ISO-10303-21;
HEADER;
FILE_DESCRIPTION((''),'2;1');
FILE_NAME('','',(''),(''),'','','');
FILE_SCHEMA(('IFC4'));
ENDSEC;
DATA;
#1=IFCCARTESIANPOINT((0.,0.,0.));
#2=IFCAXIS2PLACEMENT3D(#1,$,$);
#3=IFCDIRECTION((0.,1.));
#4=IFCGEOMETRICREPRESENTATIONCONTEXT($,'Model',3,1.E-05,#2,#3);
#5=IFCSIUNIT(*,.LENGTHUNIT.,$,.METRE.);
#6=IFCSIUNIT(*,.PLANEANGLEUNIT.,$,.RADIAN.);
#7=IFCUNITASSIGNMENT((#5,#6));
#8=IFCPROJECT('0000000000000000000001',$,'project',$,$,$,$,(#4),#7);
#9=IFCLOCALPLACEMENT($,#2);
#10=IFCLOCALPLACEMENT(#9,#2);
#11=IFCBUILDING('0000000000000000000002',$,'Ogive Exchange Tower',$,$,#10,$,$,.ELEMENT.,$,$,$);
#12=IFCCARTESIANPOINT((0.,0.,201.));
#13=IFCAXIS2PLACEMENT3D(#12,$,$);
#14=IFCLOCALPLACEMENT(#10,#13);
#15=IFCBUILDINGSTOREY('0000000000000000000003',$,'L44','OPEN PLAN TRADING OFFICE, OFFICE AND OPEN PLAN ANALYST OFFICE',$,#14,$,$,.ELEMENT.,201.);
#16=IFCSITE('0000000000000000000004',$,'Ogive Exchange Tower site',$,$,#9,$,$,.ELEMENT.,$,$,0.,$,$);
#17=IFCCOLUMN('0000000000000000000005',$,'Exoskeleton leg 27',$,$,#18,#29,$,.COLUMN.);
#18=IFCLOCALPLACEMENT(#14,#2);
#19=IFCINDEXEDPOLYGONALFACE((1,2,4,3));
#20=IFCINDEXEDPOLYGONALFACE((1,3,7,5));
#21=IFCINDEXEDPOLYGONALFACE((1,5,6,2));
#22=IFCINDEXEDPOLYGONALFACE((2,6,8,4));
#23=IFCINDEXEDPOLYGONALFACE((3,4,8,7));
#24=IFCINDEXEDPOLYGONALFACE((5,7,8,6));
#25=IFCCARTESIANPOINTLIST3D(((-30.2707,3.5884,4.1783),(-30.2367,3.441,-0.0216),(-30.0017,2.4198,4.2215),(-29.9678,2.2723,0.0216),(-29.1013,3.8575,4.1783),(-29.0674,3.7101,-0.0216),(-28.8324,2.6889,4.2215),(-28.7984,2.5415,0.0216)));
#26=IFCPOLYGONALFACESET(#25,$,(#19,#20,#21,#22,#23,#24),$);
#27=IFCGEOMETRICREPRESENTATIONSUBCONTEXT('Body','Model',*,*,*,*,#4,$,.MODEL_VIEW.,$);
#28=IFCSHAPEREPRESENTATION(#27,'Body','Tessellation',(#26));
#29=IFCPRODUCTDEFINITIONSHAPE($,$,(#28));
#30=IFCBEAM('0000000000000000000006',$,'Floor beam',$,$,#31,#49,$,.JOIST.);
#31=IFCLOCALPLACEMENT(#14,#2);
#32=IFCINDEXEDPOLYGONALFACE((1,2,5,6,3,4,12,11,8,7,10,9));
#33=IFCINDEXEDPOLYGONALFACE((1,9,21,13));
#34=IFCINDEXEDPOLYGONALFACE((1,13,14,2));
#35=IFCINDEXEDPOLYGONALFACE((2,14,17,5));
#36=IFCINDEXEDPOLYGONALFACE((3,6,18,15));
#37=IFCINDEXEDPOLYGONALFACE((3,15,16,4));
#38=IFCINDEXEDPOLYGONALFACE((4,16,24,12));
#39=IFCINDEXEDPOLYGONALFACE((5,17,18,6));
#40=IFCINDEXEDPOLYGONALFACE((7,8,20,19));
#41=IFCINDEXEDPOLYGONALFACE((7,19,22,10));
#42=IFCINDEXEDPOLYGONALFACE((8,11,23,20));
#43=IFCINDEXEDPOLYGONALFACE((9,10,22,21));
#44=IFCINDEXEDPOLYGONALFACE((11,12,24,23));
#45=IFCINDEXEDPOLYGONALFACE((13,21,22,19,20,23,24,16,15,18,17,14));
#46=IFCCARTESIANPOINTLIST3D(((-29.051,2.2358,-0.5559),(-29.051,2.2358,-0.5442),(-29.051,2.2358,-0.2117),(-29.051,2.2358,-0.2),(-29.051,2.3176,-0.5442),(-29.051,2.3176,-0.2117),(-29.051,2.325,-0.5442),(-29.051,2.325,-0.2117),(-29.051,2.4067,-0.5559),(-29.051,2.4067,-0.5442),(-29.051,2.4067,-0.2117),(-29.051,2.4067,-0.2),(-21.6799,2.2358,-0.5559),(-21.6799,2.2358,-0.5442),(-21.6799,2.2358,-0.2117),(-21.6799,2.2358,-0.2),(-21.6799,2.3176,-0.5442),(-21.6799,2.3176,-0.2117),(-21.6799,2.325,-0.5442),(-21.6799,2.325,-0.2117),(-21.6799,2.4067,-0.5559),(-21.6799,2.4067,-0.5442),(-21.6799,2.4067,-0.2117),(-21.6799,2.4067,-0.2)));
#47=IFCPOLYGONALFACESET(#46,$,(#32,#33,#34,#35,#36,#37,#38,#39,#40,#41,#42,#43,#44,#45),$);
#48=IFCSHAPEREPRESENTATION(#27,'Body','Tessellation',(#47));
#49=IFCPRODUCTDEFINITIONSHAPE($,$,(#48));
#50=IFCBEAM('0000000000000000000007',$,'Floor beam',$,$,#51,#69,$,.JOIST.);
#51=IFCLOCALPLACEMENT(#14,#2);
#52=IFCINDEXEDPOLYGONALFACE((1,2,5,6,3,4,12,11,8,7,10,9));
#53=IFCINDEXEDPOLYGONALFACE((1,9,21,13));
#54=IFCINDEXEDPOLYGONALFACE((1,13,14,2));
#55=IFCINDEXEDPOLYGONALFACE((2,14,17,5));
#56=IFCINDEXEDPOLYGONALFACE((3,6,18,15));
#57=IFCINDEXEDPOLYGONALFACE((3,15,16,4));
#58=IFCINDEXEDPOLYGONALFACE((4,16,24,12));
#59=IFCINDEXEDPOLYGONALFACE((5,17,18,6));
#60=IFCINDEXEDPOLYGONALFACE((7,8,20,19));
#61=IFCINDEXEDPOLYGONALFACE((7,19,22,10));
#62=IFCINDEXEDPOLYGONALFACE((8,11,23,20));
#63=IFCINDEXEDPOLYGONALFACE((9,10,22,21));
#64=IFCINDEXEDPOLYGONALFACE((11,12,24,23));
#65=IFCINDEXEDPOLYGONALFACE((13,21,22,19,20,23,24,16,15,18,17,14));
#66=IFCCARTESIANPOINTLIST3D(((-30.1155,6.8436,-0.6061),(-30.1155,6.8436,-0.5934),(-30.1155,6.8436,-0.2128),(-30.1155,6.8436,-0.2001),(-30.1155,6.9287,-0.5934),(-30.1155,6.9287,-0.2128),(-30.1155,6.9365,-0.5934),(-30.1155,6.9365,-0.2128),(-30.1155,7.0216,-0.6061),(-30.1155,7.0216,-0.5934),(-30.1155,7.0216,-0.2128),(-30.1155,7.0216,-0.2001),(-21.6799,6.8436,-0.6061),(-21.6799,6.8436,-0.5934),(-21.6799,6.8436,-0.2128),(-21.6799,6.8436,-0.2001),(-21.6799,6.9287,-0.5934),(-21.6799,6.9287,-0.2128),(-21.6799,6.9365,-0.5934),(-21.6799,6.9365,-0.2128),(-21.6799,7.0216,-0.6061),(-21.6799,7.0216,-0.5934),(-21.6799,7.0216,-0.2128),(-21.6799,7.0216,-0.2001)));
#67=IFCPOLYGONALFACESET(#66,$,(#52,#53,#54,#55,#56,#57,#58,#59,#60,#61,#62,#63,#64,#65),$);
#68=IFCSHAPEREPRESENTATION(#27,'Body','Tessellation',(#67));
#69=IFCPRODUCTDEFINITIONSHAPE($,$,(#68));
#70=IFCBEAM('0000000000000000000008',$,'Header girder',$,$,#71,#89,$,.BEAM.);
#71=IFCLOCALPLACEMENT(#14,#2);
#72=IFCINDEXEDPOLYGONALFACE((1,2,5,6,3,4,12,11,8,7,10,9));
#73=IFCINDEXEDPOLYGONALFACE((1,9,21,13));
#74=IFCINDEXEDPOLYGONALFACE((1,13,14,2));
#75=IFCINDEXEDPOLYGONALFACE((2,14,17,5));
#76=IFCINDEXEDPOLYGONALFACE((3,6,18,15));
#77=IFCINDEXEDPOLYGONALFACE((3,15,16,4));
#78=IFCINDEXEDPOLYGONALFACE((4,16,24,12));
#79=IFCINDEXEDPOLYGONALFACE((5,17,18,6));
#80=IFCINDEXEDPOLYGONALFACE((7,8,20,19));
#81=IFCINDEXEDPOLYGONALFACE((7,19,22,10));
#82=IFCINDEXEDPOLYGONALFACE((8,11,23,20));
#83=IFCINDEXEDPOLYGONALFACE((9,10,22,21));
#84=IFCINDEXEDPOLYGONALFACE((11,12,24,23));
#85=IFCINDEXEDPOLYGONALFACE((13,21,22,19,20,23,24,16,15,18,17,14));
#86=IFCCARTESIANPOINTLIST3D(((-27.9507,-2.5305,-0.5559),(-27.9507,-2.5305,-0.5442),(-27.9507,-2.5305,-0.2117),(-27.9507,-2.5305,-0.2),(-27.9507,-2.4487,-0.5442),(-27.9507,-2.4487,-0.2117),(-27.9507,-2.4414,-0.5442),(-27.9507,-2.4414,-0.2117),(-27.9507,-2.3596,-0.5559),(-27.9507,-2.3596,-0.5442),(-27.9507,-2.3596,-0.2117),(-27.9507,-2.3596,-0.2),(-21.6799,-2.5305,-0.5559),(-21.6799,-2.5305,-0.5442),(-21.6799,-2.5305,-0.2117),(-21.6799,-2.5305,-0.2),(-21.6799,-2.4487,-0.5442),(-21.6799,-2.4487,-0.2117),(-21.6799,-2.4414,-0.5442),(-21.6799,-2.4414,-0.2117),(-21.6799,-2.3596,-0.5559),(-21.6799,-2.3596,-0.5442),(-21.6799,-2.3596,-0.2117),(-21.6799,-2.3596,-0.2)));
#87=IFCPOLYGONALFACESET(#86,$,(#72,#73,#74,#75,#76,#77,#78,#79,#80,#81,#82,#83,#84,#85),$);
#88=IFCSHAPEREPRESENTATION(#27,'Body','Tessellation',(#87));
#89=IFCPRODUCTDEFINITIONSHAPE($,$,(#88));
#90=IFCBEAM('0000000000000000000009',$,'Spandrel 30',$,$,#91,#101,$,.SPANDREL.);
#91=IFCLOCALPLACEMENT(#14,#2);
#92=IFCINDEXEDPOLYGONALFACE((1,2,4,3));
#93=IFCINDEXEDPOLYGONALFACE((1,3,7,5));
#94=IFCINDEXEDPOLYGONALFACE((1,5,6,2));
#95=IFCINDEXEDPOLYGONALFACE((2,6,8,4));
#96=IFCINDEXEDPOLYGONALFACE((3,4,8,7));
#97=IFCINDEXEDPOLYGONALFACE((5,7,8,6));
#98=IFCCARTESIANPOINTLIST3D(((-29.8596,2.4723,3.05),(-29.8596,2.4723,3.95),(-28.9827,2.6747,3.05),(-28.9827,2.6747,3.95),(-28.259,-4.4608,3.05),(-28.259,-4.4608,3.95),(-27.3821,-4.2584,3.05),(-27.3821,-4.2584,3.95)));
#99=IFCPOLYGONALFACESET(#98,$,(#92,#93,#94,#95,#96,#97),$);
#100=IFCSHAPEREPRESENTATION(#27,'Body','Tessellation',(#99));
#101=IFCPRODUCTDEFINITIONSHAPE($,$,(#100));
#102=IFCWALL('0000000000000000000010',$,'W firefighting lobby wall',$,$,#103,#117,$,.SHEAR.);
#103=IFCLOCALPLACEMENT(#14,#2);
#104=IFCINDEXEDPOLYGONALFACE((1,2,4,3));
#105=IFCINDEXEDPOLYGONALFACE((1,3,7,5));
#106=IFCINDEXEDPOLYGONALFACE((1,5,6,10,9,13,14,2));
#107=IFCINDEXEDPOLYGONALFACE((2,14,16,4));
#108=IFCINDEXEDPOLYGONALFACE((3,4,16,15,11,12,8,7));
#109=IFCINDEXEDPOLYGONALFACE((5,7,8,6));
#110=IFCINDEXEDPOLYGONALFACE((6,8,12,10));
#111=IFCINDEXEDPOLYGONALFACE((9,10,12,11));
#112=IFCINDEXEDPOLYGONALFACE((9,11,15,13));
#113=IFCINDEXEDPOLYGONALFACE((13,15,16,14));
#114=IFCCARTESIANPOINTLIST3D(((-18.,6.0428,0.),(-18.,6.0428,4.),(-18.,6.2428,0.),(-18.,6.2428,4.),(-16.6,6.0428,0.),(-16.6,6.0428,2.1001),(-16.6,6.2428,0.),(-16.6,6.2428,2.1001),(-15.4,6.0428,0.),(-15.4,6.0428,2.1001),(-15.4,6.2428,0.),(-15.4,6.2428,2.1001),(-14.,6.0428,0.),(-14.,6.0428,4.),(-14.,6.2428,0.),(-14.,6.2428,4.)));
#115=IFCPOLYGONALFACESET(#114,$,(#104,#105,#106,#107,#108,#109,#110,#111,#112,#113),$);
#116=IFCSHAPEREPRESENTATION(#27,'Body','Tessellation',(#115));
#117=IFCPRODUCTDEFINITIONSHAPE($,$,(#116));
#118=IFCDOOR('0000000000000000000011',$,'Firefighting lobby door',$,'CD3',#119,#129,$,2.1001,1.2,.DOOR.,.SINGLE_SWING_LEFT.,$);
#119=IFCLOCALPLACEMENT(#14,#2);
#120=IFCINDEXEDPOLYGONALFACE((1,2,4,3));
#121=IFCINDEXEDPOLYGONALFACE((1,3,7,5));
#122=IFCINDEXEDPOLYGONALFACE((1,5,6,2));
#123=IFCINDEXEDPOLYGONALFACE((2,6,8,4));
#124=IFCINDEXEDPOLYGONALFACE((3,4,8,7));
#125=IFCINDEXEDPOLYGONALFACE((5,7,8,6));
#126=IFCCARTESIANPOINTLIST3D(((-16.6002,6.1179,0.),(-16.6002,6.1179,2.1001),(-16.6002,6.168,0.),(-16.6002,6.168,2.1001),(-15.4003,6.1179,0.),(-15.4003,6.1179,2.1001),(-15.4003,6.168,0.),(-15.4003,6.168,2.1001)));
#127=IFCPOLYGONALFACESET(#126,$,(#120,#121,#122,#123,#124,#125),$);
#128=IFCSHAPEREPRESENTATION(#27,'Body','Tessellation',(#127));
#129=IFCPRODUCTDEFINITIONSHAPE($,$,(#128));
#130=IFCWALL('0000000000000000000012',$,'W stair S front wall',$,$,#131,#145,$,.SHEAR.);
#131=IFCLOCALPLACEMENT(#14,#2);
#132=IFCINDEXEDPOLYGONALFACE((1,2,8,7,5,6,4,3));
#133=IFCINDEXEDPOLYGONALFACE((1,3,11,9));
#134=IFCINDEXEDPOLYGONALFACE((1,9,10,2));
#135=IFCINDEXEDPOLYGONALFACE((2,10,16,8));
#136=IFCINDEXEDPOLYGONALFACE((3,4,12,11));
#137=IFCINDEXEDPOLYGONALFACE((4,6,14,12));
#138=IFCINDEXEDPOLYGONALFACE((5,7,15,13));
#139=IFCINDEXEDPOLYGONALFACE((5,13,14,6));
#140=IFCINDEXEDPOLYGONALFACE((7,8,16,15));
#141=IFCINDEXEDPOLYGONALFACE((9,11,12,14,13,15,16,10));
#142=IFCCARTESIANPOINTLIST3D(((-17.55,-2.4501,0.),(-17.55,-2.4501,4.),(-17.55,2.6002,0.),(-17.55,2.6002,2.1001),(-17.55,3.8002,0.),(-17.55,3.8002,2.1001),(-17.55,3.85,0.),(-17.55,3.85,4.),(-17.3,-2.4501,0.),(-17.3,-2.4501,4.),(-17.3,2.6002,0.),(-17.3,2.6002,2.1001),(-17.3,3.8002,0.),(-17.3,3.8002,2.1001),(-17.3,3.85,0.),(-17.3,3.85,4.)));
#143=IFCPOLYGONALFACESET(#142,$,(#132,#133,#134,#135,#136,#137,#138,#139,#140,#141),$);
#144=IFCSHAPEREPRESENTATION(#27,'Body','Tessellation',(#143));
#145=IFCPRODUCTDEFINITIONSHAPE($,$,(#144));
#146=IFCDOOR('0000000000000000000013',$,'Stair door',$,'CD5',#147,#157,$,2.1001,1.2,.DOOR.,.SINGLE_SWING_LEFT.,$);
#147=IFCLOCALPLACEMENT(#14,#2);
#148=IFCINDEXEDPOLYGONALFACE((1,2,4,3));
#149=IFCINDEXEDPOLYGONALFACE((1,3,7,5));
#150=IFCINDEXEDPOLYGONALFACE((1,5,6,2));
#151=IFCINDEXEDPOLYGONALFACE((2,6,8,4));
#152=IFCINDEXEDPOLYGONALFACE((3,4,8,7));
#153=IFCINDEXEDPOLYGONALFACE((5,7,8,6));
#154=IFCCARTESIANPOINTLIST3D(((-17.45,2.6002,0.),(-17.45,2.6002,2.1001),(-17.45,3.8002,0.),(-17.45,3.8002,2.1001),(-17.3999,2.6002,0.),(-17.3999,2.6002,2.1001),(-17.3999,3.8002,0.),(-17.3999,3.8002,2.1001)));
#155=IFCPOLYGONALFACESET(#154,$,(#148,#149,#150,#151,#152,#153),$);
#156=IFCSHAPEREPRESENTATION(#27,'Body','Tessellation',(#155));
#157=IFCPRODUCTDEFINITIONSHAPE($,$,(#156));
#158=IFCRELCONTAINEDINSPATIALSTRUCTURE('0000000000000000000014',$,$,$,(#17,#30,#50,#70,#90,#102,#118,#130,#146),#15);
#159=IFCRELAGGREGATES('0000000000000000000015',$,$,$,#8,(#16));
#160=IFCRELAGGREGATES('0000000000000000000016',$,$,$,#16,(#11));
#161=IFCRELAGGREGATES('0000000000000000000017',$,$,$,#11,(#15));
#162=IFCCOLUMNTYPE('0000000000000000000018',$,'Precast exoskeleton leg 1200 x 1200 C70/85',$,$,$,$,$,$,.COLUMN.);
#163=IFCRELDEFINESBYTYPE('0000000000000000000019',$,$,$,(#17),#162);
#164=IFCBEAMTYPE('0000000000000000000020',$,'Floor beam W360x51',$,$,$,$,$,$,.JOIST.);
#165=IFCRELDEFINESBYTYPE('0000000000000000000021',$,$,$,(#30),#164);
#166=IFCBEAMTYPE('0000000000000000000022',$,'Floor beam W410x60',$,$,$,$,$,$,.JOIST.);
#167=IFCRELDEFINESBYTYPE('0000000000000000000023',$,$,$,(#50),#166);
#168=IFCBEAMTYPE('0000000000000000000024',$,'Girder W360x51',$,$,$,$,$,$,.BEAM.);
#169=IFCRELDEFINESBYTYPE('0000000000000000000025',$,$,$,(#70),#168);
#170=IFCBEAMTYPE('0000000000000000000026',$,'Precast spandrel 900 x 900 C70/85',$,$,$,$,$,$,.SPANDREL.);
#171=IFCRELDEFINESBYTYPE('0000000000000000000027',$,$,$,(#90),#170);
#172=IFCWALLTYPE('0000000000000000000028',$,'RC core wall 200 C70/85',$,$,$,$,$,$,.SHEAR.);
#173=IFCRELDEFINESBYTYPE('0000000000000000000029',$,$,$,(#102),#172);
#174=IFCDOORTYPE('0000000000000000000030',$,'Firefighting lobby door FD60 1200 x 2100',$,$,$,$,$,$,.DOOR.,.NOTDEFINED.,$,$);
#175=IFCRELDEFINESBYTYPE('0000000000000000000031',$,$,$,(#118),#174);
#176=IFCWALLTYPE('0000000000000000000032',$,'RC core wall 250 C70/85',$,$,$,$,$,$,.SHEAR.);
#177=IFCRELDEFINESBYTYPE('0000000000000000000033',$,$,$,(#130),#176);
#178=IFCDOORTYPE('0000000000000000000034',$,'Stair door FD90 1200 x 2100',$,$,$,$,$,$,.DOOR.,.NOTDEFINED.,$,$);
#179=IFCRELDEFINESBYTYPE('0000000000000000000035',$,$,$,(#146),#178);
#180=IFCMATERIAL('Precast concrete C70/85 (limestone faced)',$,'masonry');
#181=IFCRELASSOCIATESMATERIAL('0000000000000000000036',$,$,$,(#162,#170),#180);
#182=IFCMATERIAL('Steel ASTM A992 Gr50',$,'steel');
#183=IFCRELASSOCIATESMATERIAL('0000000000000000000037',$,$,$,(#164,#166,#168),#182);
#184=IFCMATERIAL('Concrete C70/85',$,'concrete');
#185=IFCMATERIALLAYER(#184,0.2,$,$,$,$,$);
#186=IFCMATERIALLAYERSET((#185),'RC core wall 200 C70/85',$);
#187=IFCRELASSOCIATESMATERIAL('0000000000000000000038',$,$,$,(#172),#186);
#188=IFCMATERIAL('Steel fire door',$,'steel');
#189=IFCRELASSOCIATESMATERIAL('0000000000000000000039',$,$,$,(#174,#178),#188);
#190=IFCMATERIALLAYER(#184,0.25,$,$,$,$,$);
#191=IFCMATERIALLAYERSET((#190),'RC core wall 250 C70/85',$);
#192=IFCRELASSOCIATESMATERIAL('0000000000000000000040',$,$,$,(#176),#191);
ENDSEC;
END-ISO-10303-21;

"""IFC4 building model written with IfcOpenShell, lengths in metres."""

from ifc_helpers import new_model, si_unit, direction, frame, frame_2d, origin, origin_2d, place, context, subcontext, project, spatial, rectangle, i_section, extrude, material, layer, layer_set, material_profile, profile_set, type_object, element, fill, save


model = new_model("IFC4")

# Units and contexts
model_context = context("Model", 3, precision=1e-05, world=origin(), true_north=direction((0.0, 1.0)))
body_context = subcontext(model_context, "Body", "Model", "MODEL_VIEW")
ifc_project = project(units=[si_unit("LENGTHUNIT", "METRE"), si_unit("PLANEANGLEUNIT", "RADIAN")], contexts=[model_context])

# Site, building, storey
site_placement = place(None, origin())
site = spatial("IfcSite", under=ifc_project, at=site_placement, Name="Ogive Exchange Tower site", CompositionType="ELEMENT", RefElevation=0.0)
building_placement = place(site_placement, origin())
building = spatial("IfcBuilding", under=site, at=building_placement, Name="Ogive Exchange Tower", CompositionType="ELEMENT")
storey_placement = place(building_placement, frame((0.0, 0.0, 201.0)))
storey = spatial("IfcBuildingStorey", under=building, at=storey_placement, Name="L44", Description="OPEN PLAN TRADING OFFICE, OFFICE AND OPEN PLAN ANALYST OFFICE", CompositionType="ELEMENT", Elevation=201.0)

# Column
ifc_material_1 = material(Name="Precast concrete C70/85 (limestone faced)", Category="masonry")
ifc_material_profile_1 = material_profile(ifc_material_1, rectangle(XDim=1.2, YDim=1.2, at=origin_2d()), Name="1200 x 1200")
ifc_profile_set_1 = profile_set([ifc_material_profile_1], Name="Precast concrete C70/85 (limestone faced)")
column_type = type_object("IfcColumnType", Name="Precast exoskeleton leg 1200 x 1200 C70/85", PredefinedType="COLUMN", material=ifc_profile_set_1)
column_placement = place(storey_placement, frame((-29.5176, 2.9912, 0.0), z_axis=(-0.008075, 0.035087, 0.999352), x_axis=(-0.974527, -0.22427, 0.0)))
element("IfcColumn", 1, at=column_placement, inside=storey, type_object=column_type, Name="Exoskeleton leg 27", PredefinedType="COLUMN", context=body_context, shape_type="SweptSolid", body=[
    extrude(rectangle(XDim=1.2, YDim=1.2, at=origin_2d()), origin(), (0.0, 0.0, 1.0), 4.2026),
])

# Beams
ifc_material_2 = material(Name="Steel ASTM A992 Gr50", Category="steel")
ifc_material_profile_2 = material_profile(ifc_material_2, i_section(OverallWidth=0.1709, OverallDepth=0.356, WebThickness=0.0073, FlangeThickness=0.0117, at=origin_2d()), Name="W360x51")
ifc_profile_set_2 = profile_set([ifc_material_profile_2], Name="Steel ASTM A992 Gr50")
beam_type_1 = type_object("IfcBeamType", Name="Floor beam W360x51", PredefinedType="JOIST", material=ifc_profile_set_2)
beam_1_placement = place(storey_placement, frame((-29.051, 2.3213, -0.3779), z_axis=(1.0, 0.0, 0.0), x_axis=(0.0, 1.0, 0.0)))
element("IfcBeam", 2, at=beam_1_placement, inside=storey, type_object=beam_type_1, Name="Floor beam", PredefinedType="JOIST", context=body_context, shape_type="SweptSolid", body=[
    extrude(i_section(OverallWidth=0.1709, OverallDepth=0.356, WebThickness=0.0073, FlangeThickness=0.0117, at=origin_2d()), origin(), (0.0, 0.0, 1.0), 7.3711),
])
ifc_material_profile_3 = material_profile(ifc_material_2, i_section(OverallWidth=0.178, OverallDepth=0.406, WebThickness=0.0078, FlangeThickness=0.0127, at=origin_2d()), Name="W410x60")
ifc_profile_set_3 = profile_set([ifc_material_profile_3], Name="Steel ASTM A992 Gr50")
beam_type_2 = type_object("IfcBeamType", Name="Floor beam W410x60", PredefinedType="JOIST", material=ifc_profile_set_3)
beam_2_placement = place(storey_placement, frame((-30.1155, 6.9326, -0.4031), z_axis=(1.0, 0.0, 0.0), x_axis=(0.0, 1.0, 0.0)))
element("IfcBeam", 3, at=beam_2_placement, inside=storey, type_object=beam_type_2, Name="Floor beam", PredefinedType="JOIST", context=body_context, shape_type="SweptSolid", body=[
    extrude(i_section(OverallWidth=0.178, OverallDepth=0.406, WebThickness=0.0078, FlangeThickness=0.0127, at=origin_2d()), origin(), (0.0, 0.0, 1.0), 8.4355),
])
ifc_material_profile_4 = material_profile(ifc_material_2, i_section(OverallWidth=0.1709, OverallDepth=0.356, WebThickness=0.0073, FlangeThickness=0.0117, at=origin_2d()), Name="W360x51")
ifc_profile_set_4 = profile_set([ifc_material_profile_4], Name="Steel ASTM A992 Gr50")
beam_type_3 = type_object("IfcBeamType", Name="Girder W360x51", PredefinedType="BEAM", material=ifc_profile_set_4)
beam_3_placement = place(storey_placement, frame((-27.9507, -2.4451, -0.3779), z_axis=(1.0, 0.0, 0.0), x_axis=(0.0, 1.0, 0.0)))
element("IfcBeam", 4, at=beam_3_placement, inside=storey, type_object=beam_type_3, Name="Header girder", PredefinedType="BEAM", context=body_context, shape_type="SweptSolid", body=[
    extrude(i_section(OverallWidth=0.1709, OverallDepth=0.356, WebThickness=0.0073, FlangeThickness=0.0117, at=origin_2d()), origin(), (0.0, 0.0, 1.0), 6.2708),
])
ifc_material_profile_5 = material_profile(ifc_material_1, rectangle(XDim=0.8999, YDim=0.8999, at=origin_2d()), Name="900 x 900")
ifc_profile_set_5 = profile_set([ifc_material_profile_5], Name="Precast concrete C70/85 (limestone faced)")
beam_type_4 = type_object("IfcBeamType", Name="Precast spandrel 900 x 900 C70/85", PredefinedType="SPANDREL", material=ifc_profile_set_5)
beam_4_placement = place(storey_placement, frame((-29.4211, 2.5735, 3.5), z_axis=(0.224945, -0.974372, 0.0), x_axis=(0.974372, 0.224945, 0.0)))
element("IfcBeam", 5, at=beam_4_placement, inside=storey, type_object=beam_type_4, Name="Spandrel 30", PredefinedType="SPANDREL", context=body_context, shape_type="SweptSolid", body=[
    extrude(rectangle(XDim=0.8999, YDim=0.8999, at=origin_2d()), origin(), (0.0, 0.0, 1.0), 7.1155),
])

# Walls, openings, doors
ifc_material_3 = material(Name="Concrete C70/85", Category="concrete")
ifc_layer_1 = layer(ifc_material_3, 0.2)
ifc_layer_set_1 = layer_set([ifc_layer_1], Name="RC core wall 200 C70/85")
wall_type_1 = type_object("IfcWallType", Name="RC core wall 200 C70/85", PredefinedType="SHEAR", material=ifc_layer_set_1)
wall_1_placement = place(storey_placement, frame((-18.0, 6.1428, 0.0), z_axis=(0.0, 0.0, 1.0), x_axis=(1.0, 0.0, 0.0)))
wall_1 = element("IfcWall", 6, at=wall_1_placement, inside=storey, type_object=wall_type_1, Name="W firefighting lobby wall", PredefinedType="SHEAR", context=body_context, shape_type="SweptSolid", body=[
    extrude(rectangle(XDim=4.0, YDim=0.2, at=frame_2d((2.0, 0.0))), origin(), (0.0, 0.0, 1.0), 4.0),
])
opening_1_placement = place(wall_1_placement, frame((1.3999, 0.0, 0.0)))
opening_1 = element("IfcOpeningElement", 7, at=opening_1_placement, cuts=wall_1, PredefinedType="OPENING", context=body_context, shape_type="SweptSolid", body=[
    extrude(rectangle(XDim=1.2, YDim=2.1001, at=frame_2d((0.6001, 1.05))), frame((0.0, 0.1099, 0.0), z_axis=(0.0, -1.0, 0.0), x_axis=(1.0, 0.0, 0.0)), (0.0, 0.0, 1.0), 0.22),
])
ifc_material_4 = material(Name="Steel fire door", Category="steel")
door_type_1 = type_object("IfcDoorType", Name="Firefighting lobby door FD60 1200 x 2100", OperationType="NOTDEFINED", PredefinedType="DOOR", material=ifc_material_4)
door_1_placement = place(opening_1_placement, frame((1.2, 0.0, 0.0), z_axis=(0.0, 0.0, 1.0), x_axis=(-1.0, 0.0, 0.0)))
door_1 = element("IfcDoor", 8, at=door_1_placement, inside=storey, type_object=door_type_1, Name="Firefighting lobby door", ObjectType="CD3", OperationType="SINGLE_SWING_LEFT", OverallHeight=2.1001, OverallWidth=1.2, PredefinedType="DOOR", context=body_context, shape_type="SweptSolid", body=[
    extrude(rectangle(XDim=1.2, YDim=2.1001, at=frame_2d((0.6001, 1.05))), frame((0.0, 0.0249, 0.0), z_axis=(0.0, -1.0, 0.0), x_axis=(1.0, 0.0, 0.0)), (0.0, 0.0, 1.0), 0.05),
])
fill(opening_1, door_1)
ifc_layer_2 = layer(ifc_material_3, 0.25)
ifc_layer_set_2 = layer_set([ifc_layer_2], Name="RC core wall 250 C70/85")
wall_type_2 = type_object("IfcWallType", Name="RC core wall 250 C70/85", PredefinedType="SHEAR", material=ifc_layer_set_2)
wall_2_placement = place(storey_placement, frame((-17.425, -2.45, 0.0), z_axis=(0.0, 0.0, 1.0), x_axis=(0.0, 1.0, 0.0)))
wall_2 = element("IfcWall", 9, at=wall_2_placement, inside=storey, type_object=wall_type_2, Name="W stair S front wall", PredefinedType="SHEAR", context=body_context, shape_type="SweptSolid", body=[
    extrude(rectangle(XDim=6.3, YDim=0.25, at=frame_2d((3.1499, 0.0))), origin(), (0.0, 0.0, 1.0), 4.0),
])
opening_2_placement = place(wall_2_placement, frame((5.05, 0.0, 0.0)))
opening_2 = element("IfcOpeningElement", 10, at=opening_2_placement, cuts=wall_2, PredefinedType="OPENING", context=body_context, shape_type="SweptSolid", body=[
    extrude(rectangle(XDim=1.2, YDim=2.1001, at=frame_2d((0.6001, 1.05))), frame((0.0, 0.135, 0.0), z_axis=(0.0, -1.0, 0.0), x_axis=(1.0, 0.0, 0.0)), (0.0, 0.0, 1.0), 0.27),
])
door_type_2 = type_object("IfcDoorType", Name="Stair door FD90 1200 x 2100", OperationType="NOTDEFINED", PredefinedType="DOOR", material=ifc_material_4)
door_2_placement = place(opening_2_placement, origin())
door_2 = element("IfcDoor", 11, at=door_2_placement, inside=storey, type_object=door_type_2, Name="Stair door", ObjectType="CD5", OperationType="SINGLE_SWING_LEFT", OverallHeight=2.1001, OverallWidth=1.2, PredefinedType="DOOR", context=body_context, shape_type="SweptSolid", body=[
    extrude(rectangle(XDim=1.2, YDim=2.1001, at=frame_2d((0.6001, 1.05))), frame((0.0, 0.0249, 0.0), z_axis=(0.0, -1.0, 0.0), x_axis=(1.0, 0.0, 0.0)), (0.0, 0.0, 1.0), 0.05),
])
fill(opening_2, door_2)

save(model, "model.ifc")
